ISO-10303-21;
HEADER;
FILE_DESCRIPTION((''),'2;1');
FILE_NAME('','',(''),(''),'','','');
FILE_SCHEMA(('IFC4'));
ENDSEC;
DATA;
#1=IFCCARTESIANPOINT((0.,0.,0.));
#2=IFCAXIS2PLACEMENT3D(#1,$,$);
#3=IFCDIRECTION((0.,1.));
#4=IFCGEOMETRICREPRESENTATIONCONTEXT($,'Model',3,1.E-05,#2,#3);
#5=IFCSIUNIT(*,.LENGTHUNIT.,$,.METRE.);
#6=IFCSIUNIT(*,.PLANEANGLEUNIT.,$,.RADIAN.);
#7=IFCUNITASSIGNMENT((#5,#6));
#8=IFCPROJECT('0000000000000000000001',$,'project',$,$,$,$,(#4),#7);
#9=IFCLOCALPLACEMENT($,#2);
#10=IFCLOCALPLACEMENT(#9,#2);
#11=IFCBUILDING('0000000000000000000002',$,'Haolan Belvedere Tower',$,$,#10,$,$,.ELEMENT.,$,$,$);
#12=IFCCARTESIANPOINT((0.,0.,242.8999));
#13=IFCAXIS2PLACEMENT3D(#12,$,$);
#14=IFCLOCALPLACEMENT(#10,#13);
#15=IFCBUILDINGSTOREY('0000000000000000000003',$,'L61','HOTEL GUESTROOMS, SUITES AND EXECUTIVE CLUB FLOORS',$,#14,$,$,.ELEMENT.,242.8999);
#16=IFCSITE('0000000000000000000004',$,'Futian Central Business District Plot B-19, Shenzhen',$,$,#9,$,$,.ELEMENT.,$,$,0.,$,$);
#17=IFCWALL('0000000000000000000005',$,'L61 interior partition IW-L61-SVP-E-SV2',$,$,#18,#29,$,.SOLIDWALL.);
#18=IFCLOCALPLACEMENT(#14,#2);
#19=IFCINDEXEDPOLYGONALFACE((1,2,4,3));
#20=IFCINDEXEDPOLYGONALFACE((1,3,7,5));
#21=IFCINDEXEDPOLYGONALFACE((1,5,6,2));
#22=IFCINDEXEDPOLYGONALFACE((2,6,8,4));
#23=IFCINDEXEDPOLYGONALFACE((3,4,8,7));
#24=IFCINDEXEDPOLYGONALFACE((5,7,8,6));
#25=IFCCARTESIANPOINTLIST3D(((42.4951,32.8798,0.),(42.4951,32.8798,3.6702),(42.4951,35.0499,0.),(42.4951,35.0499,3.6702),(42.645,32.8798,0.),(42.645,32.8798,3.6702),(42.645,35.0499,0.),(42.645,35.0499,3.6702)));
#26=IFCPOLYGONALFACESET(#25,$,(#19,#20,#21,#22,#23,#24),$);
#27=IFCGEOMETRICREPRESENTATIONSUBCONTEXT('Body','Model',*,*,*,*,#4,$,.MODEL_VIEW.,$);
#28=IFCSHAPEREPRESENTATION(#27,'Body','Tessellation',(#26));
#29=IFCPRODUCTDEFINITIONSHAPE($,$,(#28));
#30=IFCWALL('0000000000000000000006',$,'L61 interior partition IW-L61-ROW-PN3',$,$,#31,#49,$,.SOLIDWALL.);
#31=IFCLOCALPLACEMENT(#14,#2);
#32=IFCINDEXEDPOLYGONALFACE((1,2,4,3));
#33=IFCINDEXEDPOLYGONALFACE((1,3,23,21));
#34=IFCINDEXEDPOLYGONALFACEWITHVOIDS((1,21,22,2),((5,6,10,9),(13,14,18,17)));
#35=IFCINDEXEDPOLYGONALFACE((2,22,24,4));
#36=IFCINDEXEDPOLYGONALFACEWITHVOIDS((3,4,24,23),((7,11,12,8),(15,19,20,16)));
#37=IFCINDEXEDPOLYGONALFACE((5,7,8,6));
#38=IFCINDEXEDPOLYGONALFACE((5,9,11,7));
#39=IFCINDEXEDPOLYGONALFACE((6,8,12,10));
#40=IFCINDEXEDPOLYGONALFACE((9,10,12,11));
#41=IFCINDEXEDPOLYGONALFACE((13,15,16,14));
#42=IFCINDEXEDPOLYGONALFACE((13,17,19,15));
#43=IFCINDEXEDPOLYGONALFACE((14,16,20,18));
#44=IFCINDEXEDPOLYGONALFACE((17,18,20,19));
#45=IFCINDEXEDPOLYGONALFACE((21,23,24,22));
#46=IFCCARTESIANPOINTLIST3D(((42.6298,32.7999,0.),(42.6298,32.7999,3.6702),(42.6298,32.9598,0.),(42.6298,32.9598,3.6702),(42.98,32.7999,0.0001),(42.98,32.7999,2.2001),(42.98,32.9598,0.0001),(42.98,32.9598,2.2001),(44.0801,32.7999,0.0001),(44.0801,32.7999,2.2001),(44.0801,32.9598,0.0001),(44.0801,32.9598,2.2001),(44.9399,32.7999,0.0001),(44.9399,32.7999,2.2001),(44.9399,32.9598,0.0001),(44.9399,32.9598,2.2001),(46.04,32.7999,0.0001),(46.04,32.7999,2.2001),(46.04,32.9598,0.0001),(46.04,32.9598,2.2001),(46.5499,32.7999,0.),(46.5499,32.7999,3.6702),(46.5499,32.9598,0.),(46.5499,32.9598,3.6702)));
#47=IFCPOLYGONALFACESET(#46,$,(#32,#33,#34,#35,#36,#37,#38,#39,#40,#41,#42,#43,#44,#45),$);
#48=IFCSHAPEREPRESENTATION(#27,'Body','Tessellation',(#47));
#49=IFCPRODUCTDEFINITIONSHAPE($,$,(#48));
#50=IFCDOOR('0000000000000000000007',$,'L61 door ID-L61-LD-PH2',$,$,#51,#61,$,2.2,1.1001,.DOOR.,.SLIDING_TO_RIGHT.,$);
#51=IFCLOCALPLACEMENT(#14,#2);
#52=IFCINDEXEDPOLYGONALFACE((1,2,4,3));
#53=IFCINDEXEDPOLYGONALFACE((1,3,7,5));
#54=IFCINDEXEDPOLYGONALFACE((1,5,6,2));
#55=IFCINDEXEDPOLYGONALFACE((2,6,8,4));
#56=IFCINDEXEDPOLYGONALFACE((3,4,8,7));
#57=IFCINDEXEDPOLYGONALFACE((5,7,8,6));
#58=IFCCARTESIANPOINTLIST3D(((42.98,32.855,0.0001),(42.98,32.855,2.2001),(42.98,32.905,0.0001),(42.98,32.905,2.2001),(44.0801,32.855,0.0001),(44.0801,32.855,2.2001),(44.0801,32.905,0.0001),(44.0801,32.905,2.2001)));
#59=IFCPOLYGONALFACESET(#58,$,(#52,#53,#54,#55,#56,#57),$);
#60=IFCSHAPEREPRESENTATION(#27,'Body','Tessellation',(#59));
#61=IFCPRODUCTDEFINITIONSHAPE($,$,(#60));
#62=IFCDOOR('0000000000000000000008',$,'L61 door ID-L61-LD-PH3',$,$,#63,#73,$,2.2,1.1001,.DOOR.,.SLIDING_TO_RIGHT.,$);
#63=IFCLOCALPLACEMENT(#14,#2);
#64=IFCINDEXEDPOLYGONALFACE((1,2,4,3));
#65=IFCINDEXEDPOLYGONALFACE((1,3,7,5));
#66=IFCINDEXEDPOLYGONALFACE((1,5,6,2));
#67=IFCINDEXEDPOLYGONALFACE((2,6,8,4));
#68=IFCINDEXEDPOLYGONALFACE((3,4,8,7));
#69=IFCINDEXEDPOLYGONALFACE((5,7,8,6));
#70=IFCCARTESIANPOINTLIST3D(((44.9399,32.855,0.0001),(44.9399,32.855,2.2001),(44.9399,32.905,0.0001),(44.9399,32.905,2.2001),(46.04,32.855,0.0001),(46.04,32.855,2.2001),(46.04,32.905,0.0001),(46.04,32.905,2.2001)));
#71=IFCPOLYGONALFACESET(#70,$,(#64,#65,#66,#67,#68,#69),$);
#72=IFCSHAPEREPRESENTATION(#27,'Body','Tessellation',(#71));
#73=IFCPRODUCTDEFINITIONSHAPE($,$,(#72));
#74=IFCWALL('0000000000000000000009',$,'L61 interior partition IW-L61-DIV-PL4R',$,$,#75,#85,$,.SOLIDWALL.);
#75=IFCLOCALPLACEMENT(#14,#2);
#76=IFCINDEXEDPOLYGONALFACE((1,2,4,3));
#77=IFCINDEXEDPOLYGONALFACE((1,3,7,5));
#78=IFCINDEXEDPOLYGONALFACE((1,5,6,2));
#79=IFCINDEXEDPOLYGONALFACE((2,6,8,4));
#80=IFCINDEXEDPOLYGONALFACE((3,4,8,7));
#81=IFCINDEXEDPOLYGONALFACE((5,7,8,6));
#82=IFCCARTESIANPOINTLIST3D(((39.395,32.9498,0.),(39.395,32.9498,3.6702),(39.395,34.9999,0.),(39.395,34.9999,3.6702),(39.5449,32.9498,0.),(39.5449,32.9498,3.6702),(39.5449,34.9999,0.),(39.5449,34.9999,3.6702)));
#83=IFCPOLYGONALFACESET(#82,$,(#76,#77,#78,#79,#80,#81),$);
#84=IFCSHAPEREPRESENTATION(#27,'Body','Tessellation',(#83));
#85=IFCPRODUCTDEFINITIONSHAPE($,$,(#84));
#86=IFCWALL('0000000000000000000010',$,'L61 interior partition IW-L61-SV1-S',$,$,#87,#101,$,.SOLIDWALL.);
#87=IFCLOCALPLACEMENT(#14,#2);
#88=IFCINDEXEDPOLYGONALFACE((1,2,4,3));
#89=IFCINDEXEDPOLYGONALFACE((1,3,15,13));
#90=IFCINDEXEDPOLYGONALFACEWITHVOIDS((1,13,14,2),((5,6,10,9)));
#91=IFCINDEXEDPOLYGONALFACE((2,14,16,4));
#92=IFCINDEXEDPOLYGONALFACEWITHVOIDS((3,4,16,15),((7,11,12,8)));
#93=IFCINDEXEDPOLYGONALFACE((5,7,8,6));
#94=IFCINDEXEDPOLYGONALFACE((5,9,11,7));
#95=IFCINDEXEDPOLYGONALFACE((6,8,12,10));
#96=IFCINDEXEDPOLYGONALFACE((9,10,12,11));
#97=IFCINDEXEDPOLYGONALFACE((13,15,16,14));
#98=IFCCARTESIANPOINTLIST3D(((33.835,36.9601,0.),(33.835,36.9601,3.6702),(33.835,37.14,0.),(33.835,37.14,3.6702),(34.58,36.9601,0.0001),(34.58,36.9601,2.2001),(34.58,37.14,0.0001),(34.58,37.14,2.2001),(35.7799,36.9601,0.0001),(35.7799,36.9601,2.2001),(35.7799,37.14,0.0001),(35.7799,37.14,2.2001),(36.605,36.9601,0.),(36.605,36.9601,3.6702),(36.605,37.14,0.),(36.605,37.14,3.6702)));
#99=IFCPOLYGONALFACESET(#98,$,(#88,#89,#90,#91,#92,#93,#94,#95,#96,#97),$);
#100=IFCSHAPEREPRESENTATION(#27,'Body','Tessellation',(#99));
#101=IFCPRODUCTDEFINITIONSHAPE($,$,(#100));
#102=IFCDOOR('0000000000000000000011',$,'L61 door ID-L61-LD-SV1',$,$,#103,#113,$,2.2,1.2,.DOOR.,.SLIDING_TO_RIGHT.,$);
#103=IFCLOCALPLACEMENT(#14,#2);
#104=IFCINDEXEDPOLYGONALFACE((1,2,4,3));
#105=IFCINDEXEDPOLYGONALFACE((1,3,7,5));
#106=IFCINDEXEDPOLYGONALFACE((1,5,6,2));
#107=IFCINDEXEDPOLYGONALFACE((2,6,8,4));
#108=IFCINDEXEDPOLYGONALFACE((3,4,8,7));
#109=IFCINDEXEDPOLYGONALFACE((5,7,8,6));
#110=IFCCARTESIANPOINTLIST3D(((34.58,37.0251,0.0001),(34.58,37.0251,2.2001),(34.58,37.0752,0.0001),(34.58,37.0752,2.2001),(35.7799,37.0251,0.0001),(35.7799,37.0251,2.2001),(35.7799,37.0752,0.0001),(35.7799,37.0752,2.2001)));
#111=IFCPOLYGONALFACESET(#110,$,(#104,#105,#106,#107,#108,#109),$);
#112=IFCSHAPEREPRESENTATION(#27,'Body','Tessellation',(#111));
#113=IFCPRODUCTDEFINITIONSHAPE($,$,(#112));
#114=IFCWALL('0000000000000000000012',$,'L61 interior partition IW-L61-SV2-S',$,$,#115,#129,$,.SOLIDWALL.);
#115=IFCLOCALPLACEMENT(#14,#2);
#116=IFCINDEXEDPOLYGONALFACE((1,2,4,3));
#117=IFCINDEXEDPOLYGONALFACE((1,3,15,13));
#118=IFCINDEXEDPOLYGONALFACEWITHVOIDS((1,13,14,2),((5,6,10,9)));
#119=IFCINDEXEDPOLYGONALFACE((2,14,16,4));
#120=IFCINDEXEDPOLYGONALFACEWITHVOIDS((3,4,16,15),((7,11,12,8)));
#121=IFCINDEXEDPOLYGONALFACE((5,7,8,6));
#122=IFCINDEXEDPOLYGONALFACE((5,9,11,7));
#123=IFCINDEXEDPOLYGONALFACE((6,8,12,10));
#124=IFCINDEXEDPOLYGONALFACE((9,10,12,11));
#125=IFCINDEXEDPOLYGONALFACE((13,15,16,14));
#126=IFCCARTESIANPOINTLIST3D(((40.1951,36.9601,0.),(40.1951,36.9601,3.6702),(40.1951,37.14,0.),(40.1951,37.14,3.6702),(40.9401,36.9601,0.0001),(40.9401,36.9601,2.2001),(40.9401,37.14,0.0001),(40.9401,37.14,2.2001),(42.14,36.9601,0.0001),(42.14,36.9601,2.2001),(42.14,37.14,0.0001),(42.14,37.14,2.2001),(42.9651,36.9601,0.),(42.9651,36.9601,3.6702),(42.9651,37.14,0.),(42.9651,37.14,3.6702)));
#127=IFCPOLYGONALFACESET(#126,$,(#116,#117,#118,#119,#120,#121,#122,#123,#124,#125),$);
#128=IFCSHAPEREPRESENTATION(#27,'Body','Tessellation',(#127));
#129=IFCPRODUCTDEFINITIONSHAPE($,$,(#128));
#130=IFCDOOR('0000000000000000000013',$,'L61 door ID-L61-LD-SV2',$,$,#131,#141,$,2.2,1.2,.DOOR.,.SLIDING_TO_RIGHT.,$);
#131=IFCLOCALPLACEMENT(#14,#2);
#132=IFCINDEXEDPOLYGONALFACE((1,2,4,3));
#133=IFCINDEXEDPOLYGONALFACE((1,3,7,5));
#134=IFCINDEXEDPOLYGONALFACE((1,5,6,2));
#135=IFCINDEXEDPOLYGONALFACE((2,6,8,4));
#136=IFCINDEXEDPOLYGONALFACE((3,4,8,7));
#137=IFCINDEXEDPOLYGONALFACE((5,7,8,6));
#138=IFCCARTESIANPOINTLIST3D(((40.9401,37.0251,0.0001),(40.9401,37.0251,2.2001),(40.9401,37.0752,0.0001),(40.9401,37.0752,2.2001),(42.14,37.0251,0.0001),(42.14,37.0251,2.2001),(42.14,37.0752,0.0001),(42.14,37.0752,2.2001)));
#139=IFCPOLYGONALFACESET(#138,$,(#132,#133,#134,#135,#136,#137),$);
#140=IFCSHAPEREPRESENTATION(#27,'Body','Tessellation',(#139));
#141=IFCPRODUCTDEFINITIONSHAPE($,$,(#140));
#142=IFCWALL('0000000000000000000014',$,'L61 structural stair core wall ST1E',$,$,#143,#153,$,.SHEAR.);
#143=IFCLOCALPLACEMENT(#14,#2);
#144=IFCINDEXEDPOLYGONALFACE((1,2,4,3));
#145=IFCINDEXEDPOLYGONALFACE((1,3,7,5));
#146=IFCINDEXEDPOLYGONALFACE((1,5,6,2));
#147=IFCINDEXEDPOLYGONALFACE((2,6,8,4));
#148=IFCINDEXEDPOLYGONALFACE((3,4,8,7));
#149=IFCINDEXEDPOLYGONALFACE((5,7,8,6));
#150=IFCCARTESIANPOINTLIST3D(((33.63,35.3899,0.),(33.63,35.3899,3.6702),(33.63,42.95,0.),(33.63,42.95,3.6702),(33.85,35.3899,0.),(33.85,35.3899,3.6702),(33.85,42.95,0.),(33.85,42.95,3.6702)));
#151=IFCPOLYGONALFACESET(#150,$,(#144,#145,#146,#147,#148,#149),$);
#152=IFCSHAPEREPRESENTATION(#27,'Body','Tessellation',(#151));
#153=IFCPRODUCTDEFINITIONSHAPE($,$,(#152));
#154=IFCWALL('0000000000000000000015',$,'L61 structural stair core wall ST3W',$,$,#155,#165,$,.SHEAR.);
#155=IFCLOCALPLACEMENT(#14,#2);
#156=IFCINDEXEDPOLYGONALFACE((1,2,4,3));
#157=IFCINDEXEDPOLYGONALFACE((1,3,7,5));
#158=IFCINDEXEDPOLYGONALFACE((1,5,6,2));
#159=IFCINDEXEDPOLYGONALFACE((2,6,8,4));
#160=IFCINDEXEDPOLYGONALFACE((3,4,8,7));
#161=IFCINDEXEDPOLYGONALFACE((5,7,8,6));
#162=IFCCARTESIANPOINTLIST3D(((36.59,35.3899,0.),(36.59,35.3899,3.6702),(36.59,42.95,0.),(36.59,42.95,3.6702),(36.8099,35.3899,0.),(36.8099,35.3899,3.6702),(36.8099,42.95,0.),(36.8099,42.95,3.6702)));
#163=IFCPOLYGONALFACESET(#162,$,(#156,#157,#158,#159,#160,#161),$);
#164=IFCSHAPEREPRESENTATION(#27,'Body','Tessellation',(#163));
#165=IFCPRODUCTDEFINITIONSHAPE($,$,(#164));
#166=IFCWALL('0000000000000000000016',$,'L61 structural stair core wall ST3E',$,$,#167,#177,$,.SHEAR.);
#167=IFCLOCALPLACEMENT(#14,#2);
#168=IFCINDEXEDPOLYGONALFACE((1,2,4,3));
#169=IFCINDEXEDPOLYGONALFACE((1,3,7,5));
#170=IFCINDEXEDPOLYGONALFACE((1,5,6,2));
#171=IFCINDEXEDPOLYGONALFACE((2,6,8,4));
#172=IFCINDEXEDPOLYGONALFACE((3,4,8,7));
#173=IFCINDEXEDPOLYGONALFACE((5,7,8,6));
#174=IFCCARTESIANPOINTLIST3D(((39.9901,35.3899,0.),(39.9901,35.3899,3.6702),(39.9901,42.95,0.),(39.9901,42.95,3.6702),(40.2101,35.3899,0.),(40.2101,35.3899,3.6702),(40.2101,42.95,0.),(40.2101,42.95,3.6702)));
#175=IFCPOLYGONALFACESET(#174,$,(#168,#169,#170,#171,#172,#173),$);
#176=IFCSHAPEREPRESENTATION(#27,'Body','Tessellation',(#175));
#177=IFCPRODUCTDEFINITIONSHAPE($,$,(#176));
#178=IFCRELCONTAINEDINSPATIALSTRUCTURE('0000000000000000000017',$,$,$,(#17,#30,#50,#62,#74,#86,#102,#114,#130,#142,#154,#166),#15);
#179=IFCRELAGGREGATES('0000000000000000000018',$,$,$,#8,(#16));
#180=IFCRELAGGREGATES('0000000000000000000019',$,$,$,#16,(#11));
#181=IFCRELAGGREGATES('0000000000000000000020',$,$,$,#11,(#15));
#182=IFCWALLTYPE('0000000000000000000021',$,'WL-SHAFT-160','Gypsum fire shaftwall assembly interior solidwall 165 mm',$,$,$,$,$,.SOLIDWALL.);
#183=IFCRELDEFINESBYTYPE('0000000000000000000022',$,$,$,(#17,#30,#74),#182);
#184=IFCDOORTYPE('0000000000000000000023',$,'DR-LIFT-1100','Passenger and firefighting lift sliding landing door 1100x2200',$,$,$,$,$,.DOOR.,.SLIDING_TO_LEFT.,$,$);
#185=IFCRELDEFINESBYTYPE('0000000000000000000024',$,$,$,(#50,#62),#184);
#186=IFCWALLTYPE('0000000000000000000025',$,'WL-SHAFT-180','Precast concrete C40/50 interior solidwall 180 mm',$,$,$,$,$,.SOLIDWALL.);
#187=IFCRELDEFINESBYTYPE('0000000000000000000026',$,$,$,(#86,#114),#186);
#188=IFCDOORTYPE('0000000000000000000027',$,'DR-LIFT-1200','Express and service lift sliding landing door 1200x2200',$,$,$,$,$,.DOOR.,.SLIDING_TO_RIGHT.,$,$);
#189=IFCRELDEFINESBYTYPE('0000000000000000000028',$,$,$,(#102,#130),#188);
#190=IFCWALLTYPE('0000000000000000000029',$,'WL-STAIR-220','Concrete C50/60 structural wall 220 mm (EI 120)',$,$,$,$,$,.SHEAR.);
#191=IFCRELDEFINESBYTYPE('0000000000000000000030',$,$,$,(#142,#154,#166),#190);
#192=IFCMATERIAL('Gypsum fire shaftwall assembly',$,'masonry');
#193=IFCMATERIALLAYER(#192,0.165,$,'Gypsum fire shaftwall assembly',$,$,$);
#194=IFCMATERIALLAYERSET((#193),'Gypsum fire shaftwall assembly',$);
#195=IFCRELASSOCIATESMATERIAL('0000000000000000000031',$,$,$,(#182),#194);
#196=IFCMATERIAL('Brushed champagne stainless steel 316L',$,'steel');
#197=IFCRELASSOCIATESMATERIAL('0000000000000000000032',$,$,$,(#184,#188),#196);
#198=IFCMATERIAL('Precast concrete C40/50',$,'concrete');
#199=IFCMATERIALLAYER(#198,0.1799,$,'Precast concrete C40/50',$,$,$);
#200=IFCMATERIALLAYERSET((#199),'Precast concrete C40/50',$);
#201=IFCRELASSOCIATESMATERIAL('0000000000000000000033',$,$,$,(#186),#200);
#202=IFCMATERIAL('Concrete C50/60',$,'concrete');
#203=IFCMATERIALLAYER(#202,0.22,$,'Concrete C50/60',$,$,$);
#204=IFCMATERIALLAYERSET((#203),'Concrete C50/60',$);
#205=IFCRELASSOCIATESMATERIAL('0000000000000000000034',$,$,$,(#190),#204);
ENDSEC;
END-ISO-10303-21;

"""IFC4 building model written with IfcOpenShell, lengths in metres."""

from ifc_helpers import new_model, si_unit, direction, frame, frame_2d, origin, place, context, subcontext, project, spatial, rectangle, extrude, material, layer, layer_set, type_object, element, fill, save


model = new_model("IFC4")

# Units and contexts
model_context = context("Model", 3, precision=1e-05, world=origin(), true_north=direction((0.0, 1.0)))
body_context = subcontext(model_context, "Body", "Model", "MODEL_VIEW")
ifc_project = project(units=[si_unit("LENGTHUNIT", "METRE"), si_unit("PLANEANGLEUNIT", "RADIAN")], contexts=[model_context])

# Site, building, storey
site_placement = place(None, origin())
site = spatial("IfcSite", under=ifc_project, at=site_placement, Name="Futian Central Business District Plot B-19, Shenzhen", CompositionType="ELEMENT", RefElevation=0.0)
building_placement = place(site_placement, origin())
building = spatial("IfcBuilding", under=site, at=building_placement, Name="Haolan Belvedere Tower", CompositionType="ELEMENT")
storey_placement = place(building_placement, frame((0.0, 0.0, 242.8999)))
storey = spatial("IfcBuildingStorey", under=building, at=storey_placement, Name="L61", Description="HOTEL GUESTROOMS, SUITES AND EXECUTIVE CLUB FLOORS", CompositionType="ELEMENT", Elevation=242.8999)

# Wall
ifc_material_1 = material(Name="Gypsum fire shaftwall assembly", Category="masonry")
ifc_layer_1 = layer(ifc_material_1, 0.165, Name="Gypsum fire shaftwall assembly")
ifc_layer_set_1 = layer_set([ifc_layer_1], Name="Gypsum fire shaftwall assembly")
wall_type_1 = type_object("IfcWallType", Name="WL-SHAFT-160", Description="Gypsum fire shaftwall assembly interior solidwall 165 mm", PredefinedType="SOLIDWALL", material=ifc_layer_set_1)
wall_1_placement = place(storey_placement, frame((42.5701, 32.8799, 0.0), z_axis=(0.0, 0.0, 1.0), x_axis=(0.0, 1.0, 0.0)))
element("IfcWall", 1, at=wall_1_placement, inside=storey, type_object=wall_type_1, Name="L61 interior partition IW-L61-SVP-E-SV2", PredefinedType="SOLIDWALL", context=body_context, shape_type="SweptSolid", body=[
    extrude(rectangle(XDim=2.1702, YDim=0.1499, at=frame_2d((1.085, 0.0))), origin(), (0.0, 0.0, 1.0), 3.6702),
])

# Wall, openings, doors
wall_2_placement = place(storey_placement, frame((42.6299, 32.8799, 0.0), z_axis=(0.0, 0.0, 1.0), x_axis=(1.0, 0.0, 0.0)))
wall_2 = element("IfcWall", 2, at=wall_2_placement, inside=storey, type_object=wall_type_1, Name="L61 interior partition IW-L61-ROW-PN3", PredefinedType="SOLIDWALL", context=body_context, shape_type="SweptSolid", body=[
    extrude(rectangle(XDim=3.9202, YDim=0.1599, at=frame_2d((1.96, 0.0))), origin(), (0.0, 0.0, 1.0), 3.6702),
])
opening_1_placement = place(wall_2_placement, frame((1.4502, 0.0, 0.0), z_axis=(0.0, 0.0, 1.0), x_axis=(-1.0, 0.0, 0.0)))
opening_1 = element("IfcOpeningElement", 3, at=opening_1_placement, cuts=wall_2, PredefinedType="OPENING", context=body_context, shape_type="SweptSolid", body=[
    extrude(rectangle(XDim=1.1001, YDim=2.2, at=frame_2d((0.55, 1.1001))), frame((0.0, 0.0898, 0.0), z_axis=(0.0, -1.0, 0.0), x_axis=(1.0, 0.0, 0.0)), (0.0, 0.0, 1.0), 0.1799),
])
opening_2_placement = place(wall_2_placement, frame((3.4102, 0.0, 0.0), z_axis=(0.0, 0.0, 1.0), x_axis=(-1.0, 0.0, 0.0)))
opening_2 = element("IfcOpeningElement", 4, at=opening_2_placement, cuts=wall_2, PredefinedType="OPENING", context=body_context, shape_type="SweptSolid", body=[
    extrude(rectangle(XDim=1.1001, YDim=2.2, at=frame_2d((0.55, 1.1001))), frame((0.0, 0.0898, 0.0), z_axis=(0.0, -1.0, 0.0), x_axis=(1.0, 0.0, 0.0)), (0.0, 0.0, 1.0), 0.1799),
])
ifc_material_2 = material(Name="Brushed champagne stainless steel 316L", Category="steel")
door_type_1 = type_object("IfcDoorType", Name="DR-LIFT-1100", Description="Passenger and firefighting lift sliding landing door 1100x2200", OperationType="SLIDING_TO_LEFT", PredefinedType="DOOR", material=ifc_material_2)
door_1_placement = place(opening_1_placement, origin())
door_1 = element("IfcDoor", 5, at=door_1_placement, inside=storey, type_object=door_type_1, Name="L61 door ID-L61-LD-PH2", OperationType="SLIDING_TO_RIGHT", OverallHeight=2.2, OverallWidth=1.1001, PredefinedType="DOOR", context=body_context, shape_type="SweptSolid", body=[
    extrude(rectangle(XDim=1.1001, YDim=2.2, at=frame_2d((0.55, 1.1001))), frame((0.0, 0.0249, 0.0), z_axis=(0.0, -1.0, 0.0), x_axis=(1.0, 0.0, 0.0)), (0.0, 0.0, 1.0), 0.05),
])
fill(opening_1, door_1)
door_2_placement = place(opening_2_placement, origin())
door_2 = element("IfcDoor", 6, at=door_2_placement, inside=storey, type_object=door_type_1, Name="L61 door ID-L61-LD-PH3", OperationType="SLIDING_TO_RIGHT", OverallHeight=2.2, OverallWidth=1.1001, PredefinedType="DOOR", context=body_context, shape_type="SweptSolid", body=[
    extrude(rectangle(XDim=1.1001, YDim=2.2, at=frame_2d((0.55, 1.1001))), frame((0.0, 0.0249, 0.0), z_axis=(0.0, -1.0, 0.0), x_axis=(1.0, 0.0, 0.0)), (0.0, 0.0, 1.0), 0.05),
])
fill(opening_2, door_2)

# Wall
wall_3_placement = place(storey_placement, frame((39.47, 32.95, 0.0), z_axis=(0.0, 0.0, 1.0), x_axis=(0.0, 1.0, 0.0)))
element("IfcWall", 7, at=wall_3_placement, inside=storey, type_object=wall_type_1, Name="L61 interior partition IW-L61-DIV-PL4R", PredefinedType="SOLIDWALL", context=body_context, shape_type="SweptSolid", body=[
    extrude(rectangle(XDim=2.05, YDim=0.1499, at=frame_2d((1.0249, 0.0))), origin(), (0.0, 0.0, 1.0), 3.6702),
])

# Walls, openings, doors
ifc_material_3 = material(Name="Precast concrete C40/50", Category="concrete")
ifc_layer_2 = layer(ifc_material_3, 0.1799, Name="Precast concrete C40/50")
ifc_layer_set_2 = layer_set([ifc_layer_2], Name="Precast concrete C40/50")
wall_type_2 = type_object("IfcWallType", Name="WL-SHAFT-180", Description="Precast concrete C40/50 interior solidwall 180 mm", PredefinedType="SOLIDWALL", material=ifc_layer_set_2)
wall_4_placement = place(storey_placement, frame((33.835, 37.05, 0.0), z_axis=(0.0, 0.0, 1.0), x_axis=(1.0, 0.0, 0.0)))
wall_4 = element("IfcWall", 8, at=wall_4_placement, inside=storey, type_object=wall_type_2, Name="L61 interior partition IW-L61-SV1-S", PredefinedType="SOLIDWALL", context=body_context, shape_type="SweptSolid", body=[
    extrude(rectangle(XDim=2.77, YDim=0.1799, at=frame_2d((1.385, 0.0))), origin(), (0.0, 0.0, 1.0), 3.6702),
])
opening_3_placement = place(wall_4_placement, frame((1.9451, 0.0, 0.0), z_axis=(0.0, 0.0, 1.0), x_axis=(-1.0, 0.0, 0.0)))
opening_3 = element("IfcOpeningElement", 9, at=opening_3_placement, cuts=wall_4, PredefinedType="OPENING", context=body_context, shape_type="SweptSolid", body=[
    extrude(rectangle(XDim=1.2, YDim=2.2, at=frame_2d((0.6001, 1.1001))), frame((0.0, 0.0999, 0.0), z_axis=(0.0, -1.0, 0.0), x_axis=(1.0, 0.0, 0.0)), (0.0, 0.0, 1.0), 0.2),
])
door_type_2 = type_object("IfcDoorType", Name="DR-LIFT-1200", Description="Express and service lift sliding landing door 1200x2200", OperationType="SLIDING_TO_RIGHT", PredefinedType="DOOR", material=ifc_material_2)
door_3_placement = place(opening_3_placement, origin())
door_3 = element("IfcDoor", 10, at=door_3_placement, inside=storey, type_object=door_type_2, Name="L61 door ID-L61-LD-SV1", OperationType="SLIDING_TO_RIGHT", OverallHeight=2.2, OverallWidth=1.2, PredefinedType="DOOR", context=body_context, shape_type="SweptSolid", body=[
    extrude(rectangle(XDim=1.2, YDim=2.2, at=frame_2d((0.6001, 1.1001))), frame((0.0, 0.0249, 0.0), z_axis=(0.0, -1.0, 0.0), x_axis=(1.0, 0.0, 0.0)), (0.0, 0.0, 1.0), 0.05),
])
fill(opening_3, door_3)
wall_5_placement = place(storey_placement, frame((40.1951, 37.05, 0.0), z_axis=(0.0, 0.0, 1.0), x_axis=(1.0, 0.0, 0.0)))
wall_5 = element("IfcWall", 11, at=wall_5_placement, inside=storey, type_object=wall_type_2, Name="L61 interior partition IW-L61-SV2-S", PredefinedType="SOLIDWALL", context=body_context, shape_type="SweptSolid", body=[
    extrude(rectangle(XDim=2.77, YDim=0.1799, at=frame_2d((1.385, 0.0))), origin(), (0.0, 0.0, 1.0), 3.6702),
])
opening_4_placement = place(wall_5_placement, frame((1.9451, 0.0, 0.0), z_axis=(0.0, 0.0, 1.0), x_axis=(-1.0, 0.0, 0.0)))
opening_4 = element("IfcOpeningElement", 12, at=opening_4_placement, cuts=wall_5, PredefinedType="OPENING", context=body_context, shape_type="SweptSolid", body=[
    extrude(rectangle(XDim=1.2, YDim=2.2, at=frame_2d((0.6001, 1.1001))), frame((0.0, 0.0999, 0.0), z_axis=(0.0, -1.0, 0.0), x_axis=(1.0, 0.0, 0.0)), (0.0, 0.0, 1.0), 0.2),
])
door_4_placement = place(opening_4_placement, origin())
door_4 = element("IfcDoor", 13, at=door_4_placement, inside=storey, type_object=door_type_2, Name="L61 door ID-L61-LD-SV2", OperationType="SLIDING_TO_RIGHT", OverallHeight=2.2, OverallWidth=1.2, PredefinedType="DOOR", context=body_context, shape_type="SweptSolid", body=[
    extrude(rectangle(XDim=1.2, YDim=2.2, at=frame_2d((0.6001, 1.1001))), frame((0.0, 0.0249, 0.0), z_axis=(0.0, -1.0, 0.0), x_axis=(1.0, 0.0, 0.0)), (0.0, 0.0, 1.0), 0.05),
])
fill(opening_4, door_4)

# Walls
ifc_material_4 = material(Name="Concrete C50/60", Category="concrete")
ifc_layer_3 = layer(ifc_material_4, 0.22, Name="Concrete C50/60")
ifc_layer_set_3 = layer_set([ifc_layer_3], Name="Concrete C50/60")
wall_type_3 = type_object("IfcWallType", Name="WL-STAIR-220", Description="Concrete C50/60 structural wall 220 mm (EI 120)", PredefinedType="SHEAR", material=ifc_layer_set_3)
for number, where, z_axis, x_axis, name in (
    (14, (33.74, 35.3899, 0.0), (0.0, 0.0, 1.0), (0.0, 1.0, 0.0), "L61 structural stair core wall ST1E"),
    (15, (36.7, 35.3899, 0.0), (0.0, 0.0, 1.0), (0.0, 1.0, 0.0), "L61 structural stair core wall ST3W"),
    (16, (40.1001, 35.3899, 0.0), (0.0, 0.0, 1.0), (0.0, 1.0, 0.0), "L61 structural stair core wall ST3E"),
):
    element("IfcWall", number, at=place(storey_placement, frame(where, z_axis=z_axis, x_axis=x_axis)), inside=storey, type_object=wall_type_3, Name=name, PredefinedType="SHEAR", context=body_context, shape_type="SweptSolid", body=[
        extrude(rectangle(XDim=7.5601, YDim=0.22, at=frame_2d((3.78, 0.0))), origin(), (0.0, 0.0, 1.0), 3.6702),
    ])

save(model, "model.ifc")
